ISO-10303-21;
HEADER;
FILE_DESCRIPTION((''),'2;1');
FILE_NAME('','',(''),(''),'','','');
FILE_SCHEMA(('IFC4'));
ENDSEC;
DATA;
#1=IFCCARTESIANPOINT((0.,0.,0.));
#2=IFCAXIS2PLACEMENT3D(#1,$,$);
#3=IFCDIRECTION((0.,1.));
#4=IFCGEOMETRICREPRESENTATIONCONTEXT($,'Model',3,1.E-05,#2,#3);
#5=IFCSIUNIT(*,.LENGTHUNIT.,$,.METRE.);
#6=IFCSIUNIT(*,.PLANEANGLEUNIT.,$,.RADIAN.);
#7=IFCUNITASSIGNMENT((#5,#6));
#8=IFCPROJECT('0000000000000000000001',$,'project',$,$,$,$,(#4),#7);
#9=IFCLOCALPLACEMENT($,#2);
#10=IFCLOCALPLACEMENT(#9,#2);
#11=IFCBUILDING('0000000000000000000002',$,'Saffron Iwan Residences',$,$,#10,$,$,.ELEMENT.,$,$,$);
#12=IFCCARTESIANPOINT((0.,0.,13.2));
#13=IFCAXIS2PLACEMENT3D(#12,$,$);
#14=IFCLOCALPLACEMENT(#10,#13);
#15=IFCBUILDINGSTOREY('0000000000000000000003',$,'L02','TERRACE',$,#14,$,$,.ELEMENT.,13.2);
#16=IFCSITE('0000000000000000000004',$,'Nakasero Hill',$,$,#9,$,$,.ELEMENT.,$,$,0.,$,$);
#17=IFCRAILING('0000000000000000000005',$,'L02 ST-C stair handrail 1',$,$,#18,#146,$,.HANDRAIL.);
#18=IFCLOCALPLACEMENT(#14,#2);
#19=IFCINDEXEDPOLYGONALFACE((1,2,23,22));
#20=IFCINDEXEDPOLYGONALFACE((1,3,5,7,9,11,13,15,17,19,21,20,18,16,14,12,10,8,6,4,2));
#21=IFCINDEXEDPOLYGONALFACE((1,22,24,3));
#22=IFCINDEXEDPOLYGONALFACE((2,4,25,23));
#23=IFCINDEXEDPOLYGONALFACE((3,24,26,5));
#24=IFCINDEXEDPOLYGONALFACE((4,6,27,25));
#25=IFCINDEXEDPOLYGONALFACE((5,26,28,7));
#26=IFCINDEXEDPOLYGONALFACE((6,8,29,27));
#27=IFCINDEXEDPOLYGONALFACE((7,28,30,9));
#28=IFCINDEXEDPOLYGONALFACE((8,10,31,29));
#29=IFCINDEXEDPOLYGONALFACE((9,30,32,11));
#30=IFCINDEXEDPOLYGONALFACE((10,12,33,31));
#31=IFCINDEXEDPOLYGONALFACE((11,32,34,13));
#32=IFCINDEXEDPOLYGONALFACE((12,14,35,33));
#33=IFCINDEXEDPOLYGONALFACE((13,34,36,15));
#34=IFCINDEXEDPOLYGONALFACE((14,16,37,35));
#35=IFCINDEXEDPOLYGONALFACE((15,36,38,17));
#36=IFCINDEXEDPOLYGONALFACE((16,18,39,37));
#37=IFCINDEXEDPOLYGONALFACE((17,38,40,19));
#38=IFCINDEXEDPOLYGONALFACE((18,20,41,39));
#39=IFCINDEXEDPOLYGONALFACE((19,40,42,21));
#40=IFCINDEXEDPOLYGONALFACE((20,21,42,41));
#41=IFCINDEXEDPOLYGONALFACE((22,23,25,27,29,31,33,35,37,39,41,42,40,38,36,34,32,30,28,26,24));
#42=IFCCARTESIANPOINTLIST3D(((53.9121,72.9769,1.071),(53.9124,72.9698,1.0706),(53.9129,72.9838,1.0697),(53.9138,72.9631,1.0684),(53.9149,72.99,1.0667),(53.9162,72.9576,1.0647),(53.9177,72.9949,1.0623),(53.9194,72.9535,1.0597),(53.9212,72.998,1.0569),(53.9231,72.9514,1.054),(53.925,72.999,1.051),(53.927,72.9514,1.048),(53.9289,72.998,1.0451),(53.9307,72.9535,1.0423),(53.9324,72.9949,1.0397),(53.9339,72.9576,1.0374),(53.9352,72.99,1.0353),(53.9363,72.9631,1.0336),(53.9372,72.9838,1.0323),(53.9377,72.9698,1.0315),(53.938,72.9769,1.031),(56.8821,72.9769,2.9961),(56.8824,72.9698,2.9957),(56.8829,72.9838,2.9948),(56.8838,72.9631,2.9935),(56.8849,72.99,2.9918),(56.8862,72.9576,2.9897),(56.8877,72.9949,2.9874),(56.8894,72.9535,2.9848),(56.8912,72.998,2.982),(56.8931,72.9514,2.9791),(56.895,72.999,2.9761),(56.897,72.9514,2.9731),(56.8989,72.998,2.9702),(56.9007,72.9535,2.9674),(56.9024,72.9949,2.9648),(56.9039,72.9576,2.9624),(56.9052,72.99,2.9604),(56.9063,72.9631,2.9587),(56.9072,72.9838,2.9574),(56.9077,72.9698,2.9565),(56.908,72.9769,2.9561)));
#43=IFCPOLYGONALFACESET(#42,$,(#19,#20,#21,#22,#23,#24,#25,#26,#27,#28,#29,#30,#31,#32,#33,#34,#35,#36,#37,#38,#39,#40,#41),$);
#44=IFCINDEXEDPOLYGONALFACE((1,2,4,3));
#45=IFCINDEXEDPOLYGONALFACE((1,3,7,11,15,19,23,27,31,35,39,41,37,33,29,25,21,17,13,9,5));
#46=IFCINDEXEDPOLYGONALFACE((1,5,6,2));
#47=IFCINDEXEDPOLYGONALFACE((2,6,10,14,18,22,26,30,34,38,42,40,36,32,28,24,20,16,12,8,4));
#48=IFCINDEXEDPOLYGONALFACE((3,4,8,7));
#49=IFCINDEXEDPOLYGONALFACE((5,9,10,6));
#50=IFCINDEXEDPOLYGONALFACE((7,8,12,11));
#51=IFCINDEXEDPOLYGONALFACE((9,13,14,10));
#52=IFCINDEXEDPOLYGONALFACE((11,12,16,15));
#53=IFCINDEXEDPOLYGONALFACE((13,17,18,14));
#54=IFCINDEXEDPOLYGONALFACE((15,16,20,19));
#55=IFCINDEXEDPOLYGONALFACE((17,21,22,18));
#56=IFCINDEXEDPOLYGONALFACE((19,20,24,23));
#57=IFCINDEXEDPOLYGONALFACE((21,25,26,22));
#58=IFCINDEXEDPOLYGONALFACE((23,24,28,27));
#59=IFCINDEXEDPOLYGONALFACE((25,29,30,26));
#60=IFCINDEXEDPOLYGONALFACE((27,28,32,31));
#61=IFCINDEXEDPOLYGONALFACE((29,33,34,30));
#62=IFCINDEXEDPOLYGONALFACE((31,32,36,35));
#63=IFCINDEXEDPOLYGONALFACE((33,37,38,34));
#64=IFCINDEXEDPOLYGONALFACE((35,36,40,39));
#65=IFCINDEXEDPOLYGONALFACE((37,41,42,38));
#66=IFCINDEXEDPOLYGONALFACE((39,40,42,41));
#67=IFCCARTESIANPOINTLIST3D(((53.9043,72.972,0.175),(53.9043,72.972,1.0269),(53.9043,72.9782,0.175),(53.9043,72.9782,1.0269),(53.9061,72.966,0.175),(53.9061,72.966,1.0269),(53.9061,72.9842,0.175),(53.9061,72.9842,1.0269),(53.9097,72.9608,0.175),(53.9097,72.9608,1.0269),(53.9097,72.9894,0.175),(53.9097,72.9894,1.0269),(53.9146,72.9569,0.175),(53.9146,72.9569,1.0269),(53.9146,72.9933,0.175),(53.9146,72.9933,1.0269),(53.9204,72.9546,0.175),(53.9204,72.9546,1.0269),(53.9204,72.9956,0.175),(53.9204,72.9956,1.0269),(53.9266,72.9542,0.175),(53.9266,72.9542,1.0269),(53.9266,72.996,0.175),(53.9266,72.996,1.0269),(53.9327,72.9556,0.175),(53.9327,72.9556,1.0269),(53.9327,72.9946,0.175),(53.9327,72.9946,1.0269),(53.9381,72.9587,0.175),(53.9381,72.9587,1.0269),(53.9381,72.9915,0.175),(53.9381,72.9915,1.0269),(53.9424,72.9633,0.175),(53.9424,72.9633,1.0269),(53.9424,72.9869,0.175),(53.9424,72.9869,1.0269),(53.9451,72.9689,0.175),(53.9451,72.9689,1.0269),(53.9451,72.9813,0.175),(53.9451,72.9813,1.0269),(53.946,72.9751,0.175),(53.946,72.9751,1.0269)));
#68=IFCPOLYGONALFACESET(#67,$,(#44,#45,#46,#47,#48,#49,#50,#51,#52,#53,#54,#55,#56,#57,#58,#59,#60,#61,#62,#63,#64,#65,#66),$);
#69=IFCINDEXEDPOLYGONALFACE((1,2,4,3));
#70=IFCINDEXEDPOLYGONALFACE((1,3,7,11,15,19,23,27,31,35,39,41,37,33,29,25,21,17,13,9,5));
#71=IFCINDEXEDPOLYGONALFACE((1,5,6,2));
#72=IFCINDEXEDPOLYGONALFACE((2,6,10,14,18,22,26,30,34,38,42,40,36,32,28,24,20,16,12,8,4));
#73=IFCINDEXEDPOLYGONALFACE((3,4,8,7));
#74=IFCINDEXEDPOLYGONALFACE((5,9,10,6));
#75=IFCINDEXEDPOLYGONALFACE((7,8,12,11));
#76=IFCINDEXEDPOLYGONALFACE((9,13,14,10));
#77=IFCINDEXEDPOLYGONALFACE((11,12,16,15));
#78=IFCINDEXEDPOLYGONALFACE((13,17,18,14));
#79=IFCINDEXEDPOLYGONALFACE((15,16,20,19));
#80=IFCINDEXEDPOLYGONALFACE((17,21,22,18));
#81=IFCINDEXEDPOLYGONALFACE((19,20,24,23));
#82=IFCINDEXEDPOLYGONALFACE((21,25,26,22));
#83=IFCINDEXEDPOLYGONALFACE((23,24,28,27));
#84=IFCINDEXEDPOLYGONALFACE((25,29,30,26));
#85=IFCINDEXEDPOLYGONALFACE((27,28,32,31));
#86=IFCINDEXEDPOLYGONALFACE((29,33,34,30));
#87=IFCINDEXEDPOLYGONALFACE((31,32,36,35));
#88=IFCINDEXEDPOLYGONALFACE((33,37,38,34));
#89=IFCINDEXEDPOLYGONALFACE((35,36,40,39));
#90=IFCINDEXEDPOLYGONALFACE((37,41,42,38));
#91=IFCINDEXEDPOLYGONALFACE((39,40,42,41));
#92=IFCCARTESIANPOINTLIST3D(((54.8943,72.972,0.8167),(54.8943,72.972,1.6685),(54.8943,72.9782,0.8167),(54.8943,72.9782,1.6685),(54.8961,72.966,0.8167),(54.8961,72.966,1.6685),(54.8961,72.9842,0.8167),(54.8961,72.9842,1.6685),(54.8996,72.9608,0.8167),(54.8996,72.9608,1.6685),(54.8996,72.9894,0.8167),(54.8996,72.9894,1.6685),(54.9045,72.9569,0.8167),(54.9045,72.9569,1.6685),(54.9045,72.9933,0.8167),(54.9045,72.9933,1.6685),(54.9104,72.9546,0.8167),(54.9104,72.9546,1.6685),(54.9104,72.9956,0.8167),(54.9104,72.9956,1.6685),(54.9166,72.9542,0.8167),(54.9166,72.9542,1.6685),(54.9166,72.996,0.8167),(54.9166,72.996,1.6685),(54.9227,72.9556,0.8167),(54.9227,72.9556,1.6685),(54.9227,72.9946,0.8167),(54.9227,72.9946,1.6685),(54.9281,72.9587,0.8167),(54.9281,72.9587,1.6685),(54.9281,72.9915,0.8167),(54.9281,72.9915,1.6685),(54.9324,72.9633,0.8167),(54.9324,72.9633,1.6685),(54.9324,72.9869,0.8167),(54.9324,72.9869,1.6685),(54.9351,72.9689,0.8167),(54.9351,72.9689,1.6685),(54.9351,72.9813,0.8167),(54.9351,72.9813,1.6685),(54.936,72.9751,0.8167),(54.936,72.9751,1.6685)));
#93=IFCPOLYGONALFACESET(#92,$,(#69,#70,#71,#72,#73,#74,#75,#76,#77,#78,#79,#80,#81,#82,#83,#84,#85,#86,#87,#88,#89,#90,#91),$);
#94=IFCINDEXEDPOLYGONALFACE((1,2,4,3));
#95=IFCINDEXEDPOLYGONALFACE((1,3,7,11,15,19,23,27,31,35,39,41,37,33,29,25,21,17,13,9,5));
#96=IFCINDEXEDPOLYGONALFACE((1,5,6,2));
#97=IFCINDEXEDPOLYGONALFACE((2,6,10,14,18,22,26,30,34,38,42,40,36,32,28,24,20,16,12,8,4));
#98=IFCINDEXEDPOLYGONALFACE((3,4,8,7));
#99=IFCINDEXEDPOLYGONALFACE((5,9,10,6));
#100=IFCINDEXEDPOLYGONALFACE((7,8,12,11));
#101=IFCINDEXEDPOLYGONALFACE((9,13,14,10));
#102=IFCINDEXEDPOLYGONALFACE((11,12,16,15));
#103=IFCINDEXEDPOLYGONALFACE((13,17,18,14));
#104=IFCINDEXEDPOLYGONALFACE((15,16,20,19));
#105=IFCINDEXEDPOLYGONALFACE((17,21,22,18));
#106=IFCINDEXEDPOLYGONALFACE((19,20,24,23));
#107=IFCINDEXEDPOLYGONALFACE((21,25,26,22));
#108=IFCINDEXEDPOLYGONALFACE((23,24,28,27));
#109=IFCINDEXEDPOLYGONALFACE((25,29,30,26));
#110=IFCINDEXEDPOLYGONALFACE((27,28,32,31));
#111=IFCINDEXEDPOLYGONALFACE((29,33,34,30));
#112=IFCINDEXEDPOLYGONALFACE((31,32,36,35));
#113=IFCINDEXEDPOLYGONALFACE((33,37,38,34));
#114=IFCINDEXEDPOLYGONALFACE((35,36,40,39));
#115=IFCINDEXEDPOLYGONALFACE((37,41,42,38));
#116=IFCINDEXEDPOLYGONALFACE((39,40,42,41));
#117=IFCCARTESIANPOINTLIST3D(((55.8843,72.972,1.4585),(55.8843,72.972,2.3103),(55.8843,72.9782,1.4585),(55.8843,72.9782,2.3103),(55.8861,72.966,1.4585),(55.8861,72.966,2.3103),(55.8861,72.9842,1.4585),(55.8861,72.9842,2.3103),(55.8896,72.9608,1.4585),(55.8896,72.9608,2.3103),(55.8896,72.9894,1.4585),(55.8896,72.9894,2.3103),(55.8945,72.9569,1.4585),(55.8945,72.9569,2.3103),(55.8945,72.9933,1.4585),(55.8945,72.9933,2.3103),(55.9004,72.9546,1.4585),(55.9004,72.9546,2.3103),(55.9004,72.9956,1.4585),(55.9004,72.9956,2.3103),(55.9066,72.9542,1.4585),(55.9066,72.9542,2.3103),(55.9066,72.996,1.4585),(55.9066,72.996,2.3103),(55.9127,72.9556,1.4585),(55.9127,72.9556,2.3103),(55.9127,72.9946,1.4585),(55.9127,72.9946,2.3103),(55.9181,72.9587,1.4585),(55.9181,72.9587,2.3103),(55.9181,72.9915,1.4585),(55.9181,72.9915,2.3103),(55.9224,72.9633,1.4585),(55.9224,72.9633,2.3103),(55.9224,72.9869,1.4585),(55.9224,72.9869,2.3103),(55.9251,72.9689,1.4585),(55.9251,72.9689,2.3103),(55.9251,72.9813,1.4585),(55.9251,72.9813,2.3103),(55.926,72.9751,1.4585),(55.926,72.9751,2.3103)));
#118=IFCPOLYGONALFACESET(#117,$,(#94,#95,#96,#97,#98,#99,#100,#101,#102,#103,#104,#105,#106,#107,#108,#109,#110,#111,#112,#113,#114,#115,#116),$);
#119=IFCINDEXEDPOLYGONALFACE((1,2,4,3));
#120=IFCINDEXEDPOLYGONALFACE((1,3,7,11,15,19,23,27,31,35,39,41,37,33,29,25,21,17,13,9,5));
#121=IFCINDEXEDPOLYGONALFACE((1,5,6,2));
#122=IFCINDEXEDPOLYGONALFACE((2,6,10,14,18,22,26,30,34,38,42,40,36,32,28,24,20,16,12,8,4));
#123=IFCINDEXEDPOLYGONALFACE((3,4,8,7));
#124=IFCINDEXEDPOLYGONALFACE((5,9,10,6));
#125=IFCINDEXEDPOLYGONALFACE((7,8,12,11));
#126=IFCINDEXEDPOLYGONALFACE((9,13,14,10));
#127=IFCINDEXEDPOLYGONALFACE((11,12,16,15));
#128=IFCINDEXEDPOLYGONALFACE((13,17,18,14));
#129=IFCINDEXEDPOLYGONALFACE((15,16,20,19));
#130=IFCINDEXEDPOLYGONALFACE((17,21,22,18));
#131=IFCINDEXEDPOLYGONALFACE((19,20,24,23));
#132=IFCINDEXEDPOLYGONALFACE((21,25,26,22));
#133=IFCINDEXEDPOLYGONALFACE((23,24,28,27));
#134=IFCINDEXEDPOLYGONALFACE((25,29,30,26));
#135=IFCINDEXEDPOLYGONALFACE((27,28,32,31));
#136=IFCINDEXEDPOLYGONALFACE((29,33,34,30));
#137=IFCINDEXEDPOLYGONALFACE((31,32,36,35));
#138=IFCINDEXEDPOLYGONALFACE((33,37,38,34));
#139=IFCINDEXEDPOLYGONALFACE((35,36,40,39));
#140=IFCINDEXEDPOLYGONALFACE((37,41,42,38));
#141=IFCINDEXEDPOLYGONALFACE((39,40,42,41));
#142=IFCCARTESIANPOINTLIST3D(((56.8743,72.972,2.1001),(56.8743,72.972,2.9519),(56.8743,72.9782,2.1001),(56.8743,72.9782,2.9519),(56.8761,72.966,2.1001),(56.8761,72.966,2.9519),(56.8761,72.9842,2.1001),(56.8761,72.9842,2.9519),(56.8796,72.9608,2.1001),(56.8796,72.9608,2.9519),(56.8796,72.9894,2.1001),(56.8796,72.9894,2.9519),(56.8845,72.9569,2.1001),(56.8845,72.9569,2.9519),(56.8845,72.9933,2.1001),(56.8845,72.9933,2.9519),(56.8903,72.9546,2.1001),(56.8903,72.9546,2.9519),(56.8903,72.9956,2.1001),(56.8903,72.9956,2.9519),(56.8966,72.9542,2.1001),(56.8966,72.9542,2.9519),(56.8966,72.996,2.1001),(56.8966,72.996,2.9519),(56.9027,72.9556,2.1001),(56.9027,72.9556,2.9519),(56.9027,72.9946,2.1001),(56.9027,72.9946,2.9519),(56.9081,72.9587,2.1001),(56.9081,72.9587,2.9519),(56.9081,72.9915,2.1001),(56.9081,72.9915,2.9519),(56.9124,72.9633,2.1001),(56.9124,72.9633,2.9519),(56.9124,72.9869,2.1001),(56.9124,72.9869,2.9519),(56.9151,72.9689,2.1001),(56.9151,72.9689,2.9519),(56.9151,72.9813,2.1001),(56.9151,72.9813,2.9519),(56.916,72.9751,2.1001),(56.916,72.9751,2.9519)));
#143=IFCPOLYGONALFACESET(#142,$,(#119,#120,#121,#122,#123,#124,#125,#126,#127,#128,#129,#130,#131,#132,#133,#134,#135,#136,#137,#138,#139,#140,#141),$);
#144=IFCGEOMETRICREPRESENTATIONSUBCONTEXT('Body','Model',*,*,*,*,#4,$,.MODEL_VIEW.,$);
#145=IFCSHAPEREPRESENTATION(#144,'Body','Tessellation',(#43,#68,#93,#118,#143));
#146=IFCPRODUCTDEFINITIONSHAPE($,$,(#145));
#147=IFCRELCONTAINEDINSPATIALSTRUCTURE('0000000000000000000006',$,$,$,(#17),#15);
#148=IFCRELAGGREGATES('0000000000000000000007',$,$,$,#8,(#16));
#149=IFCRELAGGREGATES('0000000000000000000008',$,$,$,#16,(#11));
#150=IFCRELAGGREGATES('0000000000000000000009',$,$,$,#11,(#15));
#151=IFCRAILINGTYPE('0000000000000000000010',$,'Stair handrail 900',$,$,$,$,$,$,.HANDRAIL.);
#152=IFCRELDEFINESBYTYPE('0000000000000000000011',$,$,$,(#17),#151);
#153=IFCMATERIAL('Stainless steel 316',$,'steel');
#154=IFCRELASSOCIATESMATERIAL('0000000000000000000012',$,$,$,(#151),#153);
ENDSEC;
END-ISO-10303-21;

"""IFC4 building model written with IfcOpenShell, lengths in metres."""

from ifc_helpers import new_model, si_unit, direction, frame, origin, origin_2d, place, context, subcontext, project, spatial, circle, extrude, material, type_object, element, save


model = new_model("IFC4")

# Units and contexts
model_context = context("Model", 3, precision=1e-05, world=origin(), true_north=direction((0.0, 1.0)))
body_context = subcontext(model_context, "Body", "Model", "MODEL_VIEW")
ifc_project = project(units=[si_unit("LENGTHUNIT", "METRE"), si_unit("PLANEANGLEUNIT", "RADIAN")], contexts=[model_context])

# Site, building, storey
site_placement = place(None, origin())
site = spatial("IfcSite", under=ifc_project, at=site_placement, Name="Nakasero Hill", CompositionType="ELEMENT", RefElevation=0.0)
building_placement = place(site_placement, origin())
building = spatial("IfcBuilding", under=site, at=building_placement, Name="Saffron Iwan Residences", CompositionType="ELEMENT")
storey_placement = place(building_placement, frame((0.0, 0.0, 13.2)))
storey = spatial("IfcBuildingStorey", under=building, at=storey_placement, Name="L02", Description="TERRACE", CompositionType="ELEMENT", Elevation=13.2)

# Railing
ifc_material_1 = material(Name="Stainless steel 316", Category="steel")
railing_type_1 = type_object("IfcRailingType", Name="Stair handrail 900", PredefinedType="HANDRAIL", material=ifc_material_1)
railing_1_placement = place(storey_placement, frame((53.925, 72.9751, 0.175)))
element("IfcRailing", 1, at=railing_1_placement, inside=storey, type_object=railing_type_1, Name="L02 ST-C stair handrail 1", PredefinedType="HANDRAIL", context=body_context, shape_type="SweptSolid", body=[
    extrude(circle(Radius=0.0239, at=origin_2d()), frame((0.0, 0.0, 0.876), z_axis=(0.839144, 0.0, 0.543909), x_axis=(0.0, 1.0, 0.0)), (0.0, 0.0, 1.0), 3.5393),
    extrude(circle(Radius=0.021, at=origin_2d()), origin(), (0.0, 0.0, 1.0), 0.8518),
    extrude(circle(Radius=0.021, at=origin_2d()), frame((0.99, 0.0, 0.6416)), (0.0, 0.0, 1.0), 0.8518),
    extrude(circle(Radius=0.021, at=origin_2d()), frame((1.98, 0.0, 1.2834)), (0.0, 0.0, 1.0), 0.8518),
    extrude(circle(Radius=0.021, at=origin_2d()), frame((2.97, 0.0, 1.925)), (0.0, 0.0, 1.0), 0.8518),
])

save(model, "model.ifc")
